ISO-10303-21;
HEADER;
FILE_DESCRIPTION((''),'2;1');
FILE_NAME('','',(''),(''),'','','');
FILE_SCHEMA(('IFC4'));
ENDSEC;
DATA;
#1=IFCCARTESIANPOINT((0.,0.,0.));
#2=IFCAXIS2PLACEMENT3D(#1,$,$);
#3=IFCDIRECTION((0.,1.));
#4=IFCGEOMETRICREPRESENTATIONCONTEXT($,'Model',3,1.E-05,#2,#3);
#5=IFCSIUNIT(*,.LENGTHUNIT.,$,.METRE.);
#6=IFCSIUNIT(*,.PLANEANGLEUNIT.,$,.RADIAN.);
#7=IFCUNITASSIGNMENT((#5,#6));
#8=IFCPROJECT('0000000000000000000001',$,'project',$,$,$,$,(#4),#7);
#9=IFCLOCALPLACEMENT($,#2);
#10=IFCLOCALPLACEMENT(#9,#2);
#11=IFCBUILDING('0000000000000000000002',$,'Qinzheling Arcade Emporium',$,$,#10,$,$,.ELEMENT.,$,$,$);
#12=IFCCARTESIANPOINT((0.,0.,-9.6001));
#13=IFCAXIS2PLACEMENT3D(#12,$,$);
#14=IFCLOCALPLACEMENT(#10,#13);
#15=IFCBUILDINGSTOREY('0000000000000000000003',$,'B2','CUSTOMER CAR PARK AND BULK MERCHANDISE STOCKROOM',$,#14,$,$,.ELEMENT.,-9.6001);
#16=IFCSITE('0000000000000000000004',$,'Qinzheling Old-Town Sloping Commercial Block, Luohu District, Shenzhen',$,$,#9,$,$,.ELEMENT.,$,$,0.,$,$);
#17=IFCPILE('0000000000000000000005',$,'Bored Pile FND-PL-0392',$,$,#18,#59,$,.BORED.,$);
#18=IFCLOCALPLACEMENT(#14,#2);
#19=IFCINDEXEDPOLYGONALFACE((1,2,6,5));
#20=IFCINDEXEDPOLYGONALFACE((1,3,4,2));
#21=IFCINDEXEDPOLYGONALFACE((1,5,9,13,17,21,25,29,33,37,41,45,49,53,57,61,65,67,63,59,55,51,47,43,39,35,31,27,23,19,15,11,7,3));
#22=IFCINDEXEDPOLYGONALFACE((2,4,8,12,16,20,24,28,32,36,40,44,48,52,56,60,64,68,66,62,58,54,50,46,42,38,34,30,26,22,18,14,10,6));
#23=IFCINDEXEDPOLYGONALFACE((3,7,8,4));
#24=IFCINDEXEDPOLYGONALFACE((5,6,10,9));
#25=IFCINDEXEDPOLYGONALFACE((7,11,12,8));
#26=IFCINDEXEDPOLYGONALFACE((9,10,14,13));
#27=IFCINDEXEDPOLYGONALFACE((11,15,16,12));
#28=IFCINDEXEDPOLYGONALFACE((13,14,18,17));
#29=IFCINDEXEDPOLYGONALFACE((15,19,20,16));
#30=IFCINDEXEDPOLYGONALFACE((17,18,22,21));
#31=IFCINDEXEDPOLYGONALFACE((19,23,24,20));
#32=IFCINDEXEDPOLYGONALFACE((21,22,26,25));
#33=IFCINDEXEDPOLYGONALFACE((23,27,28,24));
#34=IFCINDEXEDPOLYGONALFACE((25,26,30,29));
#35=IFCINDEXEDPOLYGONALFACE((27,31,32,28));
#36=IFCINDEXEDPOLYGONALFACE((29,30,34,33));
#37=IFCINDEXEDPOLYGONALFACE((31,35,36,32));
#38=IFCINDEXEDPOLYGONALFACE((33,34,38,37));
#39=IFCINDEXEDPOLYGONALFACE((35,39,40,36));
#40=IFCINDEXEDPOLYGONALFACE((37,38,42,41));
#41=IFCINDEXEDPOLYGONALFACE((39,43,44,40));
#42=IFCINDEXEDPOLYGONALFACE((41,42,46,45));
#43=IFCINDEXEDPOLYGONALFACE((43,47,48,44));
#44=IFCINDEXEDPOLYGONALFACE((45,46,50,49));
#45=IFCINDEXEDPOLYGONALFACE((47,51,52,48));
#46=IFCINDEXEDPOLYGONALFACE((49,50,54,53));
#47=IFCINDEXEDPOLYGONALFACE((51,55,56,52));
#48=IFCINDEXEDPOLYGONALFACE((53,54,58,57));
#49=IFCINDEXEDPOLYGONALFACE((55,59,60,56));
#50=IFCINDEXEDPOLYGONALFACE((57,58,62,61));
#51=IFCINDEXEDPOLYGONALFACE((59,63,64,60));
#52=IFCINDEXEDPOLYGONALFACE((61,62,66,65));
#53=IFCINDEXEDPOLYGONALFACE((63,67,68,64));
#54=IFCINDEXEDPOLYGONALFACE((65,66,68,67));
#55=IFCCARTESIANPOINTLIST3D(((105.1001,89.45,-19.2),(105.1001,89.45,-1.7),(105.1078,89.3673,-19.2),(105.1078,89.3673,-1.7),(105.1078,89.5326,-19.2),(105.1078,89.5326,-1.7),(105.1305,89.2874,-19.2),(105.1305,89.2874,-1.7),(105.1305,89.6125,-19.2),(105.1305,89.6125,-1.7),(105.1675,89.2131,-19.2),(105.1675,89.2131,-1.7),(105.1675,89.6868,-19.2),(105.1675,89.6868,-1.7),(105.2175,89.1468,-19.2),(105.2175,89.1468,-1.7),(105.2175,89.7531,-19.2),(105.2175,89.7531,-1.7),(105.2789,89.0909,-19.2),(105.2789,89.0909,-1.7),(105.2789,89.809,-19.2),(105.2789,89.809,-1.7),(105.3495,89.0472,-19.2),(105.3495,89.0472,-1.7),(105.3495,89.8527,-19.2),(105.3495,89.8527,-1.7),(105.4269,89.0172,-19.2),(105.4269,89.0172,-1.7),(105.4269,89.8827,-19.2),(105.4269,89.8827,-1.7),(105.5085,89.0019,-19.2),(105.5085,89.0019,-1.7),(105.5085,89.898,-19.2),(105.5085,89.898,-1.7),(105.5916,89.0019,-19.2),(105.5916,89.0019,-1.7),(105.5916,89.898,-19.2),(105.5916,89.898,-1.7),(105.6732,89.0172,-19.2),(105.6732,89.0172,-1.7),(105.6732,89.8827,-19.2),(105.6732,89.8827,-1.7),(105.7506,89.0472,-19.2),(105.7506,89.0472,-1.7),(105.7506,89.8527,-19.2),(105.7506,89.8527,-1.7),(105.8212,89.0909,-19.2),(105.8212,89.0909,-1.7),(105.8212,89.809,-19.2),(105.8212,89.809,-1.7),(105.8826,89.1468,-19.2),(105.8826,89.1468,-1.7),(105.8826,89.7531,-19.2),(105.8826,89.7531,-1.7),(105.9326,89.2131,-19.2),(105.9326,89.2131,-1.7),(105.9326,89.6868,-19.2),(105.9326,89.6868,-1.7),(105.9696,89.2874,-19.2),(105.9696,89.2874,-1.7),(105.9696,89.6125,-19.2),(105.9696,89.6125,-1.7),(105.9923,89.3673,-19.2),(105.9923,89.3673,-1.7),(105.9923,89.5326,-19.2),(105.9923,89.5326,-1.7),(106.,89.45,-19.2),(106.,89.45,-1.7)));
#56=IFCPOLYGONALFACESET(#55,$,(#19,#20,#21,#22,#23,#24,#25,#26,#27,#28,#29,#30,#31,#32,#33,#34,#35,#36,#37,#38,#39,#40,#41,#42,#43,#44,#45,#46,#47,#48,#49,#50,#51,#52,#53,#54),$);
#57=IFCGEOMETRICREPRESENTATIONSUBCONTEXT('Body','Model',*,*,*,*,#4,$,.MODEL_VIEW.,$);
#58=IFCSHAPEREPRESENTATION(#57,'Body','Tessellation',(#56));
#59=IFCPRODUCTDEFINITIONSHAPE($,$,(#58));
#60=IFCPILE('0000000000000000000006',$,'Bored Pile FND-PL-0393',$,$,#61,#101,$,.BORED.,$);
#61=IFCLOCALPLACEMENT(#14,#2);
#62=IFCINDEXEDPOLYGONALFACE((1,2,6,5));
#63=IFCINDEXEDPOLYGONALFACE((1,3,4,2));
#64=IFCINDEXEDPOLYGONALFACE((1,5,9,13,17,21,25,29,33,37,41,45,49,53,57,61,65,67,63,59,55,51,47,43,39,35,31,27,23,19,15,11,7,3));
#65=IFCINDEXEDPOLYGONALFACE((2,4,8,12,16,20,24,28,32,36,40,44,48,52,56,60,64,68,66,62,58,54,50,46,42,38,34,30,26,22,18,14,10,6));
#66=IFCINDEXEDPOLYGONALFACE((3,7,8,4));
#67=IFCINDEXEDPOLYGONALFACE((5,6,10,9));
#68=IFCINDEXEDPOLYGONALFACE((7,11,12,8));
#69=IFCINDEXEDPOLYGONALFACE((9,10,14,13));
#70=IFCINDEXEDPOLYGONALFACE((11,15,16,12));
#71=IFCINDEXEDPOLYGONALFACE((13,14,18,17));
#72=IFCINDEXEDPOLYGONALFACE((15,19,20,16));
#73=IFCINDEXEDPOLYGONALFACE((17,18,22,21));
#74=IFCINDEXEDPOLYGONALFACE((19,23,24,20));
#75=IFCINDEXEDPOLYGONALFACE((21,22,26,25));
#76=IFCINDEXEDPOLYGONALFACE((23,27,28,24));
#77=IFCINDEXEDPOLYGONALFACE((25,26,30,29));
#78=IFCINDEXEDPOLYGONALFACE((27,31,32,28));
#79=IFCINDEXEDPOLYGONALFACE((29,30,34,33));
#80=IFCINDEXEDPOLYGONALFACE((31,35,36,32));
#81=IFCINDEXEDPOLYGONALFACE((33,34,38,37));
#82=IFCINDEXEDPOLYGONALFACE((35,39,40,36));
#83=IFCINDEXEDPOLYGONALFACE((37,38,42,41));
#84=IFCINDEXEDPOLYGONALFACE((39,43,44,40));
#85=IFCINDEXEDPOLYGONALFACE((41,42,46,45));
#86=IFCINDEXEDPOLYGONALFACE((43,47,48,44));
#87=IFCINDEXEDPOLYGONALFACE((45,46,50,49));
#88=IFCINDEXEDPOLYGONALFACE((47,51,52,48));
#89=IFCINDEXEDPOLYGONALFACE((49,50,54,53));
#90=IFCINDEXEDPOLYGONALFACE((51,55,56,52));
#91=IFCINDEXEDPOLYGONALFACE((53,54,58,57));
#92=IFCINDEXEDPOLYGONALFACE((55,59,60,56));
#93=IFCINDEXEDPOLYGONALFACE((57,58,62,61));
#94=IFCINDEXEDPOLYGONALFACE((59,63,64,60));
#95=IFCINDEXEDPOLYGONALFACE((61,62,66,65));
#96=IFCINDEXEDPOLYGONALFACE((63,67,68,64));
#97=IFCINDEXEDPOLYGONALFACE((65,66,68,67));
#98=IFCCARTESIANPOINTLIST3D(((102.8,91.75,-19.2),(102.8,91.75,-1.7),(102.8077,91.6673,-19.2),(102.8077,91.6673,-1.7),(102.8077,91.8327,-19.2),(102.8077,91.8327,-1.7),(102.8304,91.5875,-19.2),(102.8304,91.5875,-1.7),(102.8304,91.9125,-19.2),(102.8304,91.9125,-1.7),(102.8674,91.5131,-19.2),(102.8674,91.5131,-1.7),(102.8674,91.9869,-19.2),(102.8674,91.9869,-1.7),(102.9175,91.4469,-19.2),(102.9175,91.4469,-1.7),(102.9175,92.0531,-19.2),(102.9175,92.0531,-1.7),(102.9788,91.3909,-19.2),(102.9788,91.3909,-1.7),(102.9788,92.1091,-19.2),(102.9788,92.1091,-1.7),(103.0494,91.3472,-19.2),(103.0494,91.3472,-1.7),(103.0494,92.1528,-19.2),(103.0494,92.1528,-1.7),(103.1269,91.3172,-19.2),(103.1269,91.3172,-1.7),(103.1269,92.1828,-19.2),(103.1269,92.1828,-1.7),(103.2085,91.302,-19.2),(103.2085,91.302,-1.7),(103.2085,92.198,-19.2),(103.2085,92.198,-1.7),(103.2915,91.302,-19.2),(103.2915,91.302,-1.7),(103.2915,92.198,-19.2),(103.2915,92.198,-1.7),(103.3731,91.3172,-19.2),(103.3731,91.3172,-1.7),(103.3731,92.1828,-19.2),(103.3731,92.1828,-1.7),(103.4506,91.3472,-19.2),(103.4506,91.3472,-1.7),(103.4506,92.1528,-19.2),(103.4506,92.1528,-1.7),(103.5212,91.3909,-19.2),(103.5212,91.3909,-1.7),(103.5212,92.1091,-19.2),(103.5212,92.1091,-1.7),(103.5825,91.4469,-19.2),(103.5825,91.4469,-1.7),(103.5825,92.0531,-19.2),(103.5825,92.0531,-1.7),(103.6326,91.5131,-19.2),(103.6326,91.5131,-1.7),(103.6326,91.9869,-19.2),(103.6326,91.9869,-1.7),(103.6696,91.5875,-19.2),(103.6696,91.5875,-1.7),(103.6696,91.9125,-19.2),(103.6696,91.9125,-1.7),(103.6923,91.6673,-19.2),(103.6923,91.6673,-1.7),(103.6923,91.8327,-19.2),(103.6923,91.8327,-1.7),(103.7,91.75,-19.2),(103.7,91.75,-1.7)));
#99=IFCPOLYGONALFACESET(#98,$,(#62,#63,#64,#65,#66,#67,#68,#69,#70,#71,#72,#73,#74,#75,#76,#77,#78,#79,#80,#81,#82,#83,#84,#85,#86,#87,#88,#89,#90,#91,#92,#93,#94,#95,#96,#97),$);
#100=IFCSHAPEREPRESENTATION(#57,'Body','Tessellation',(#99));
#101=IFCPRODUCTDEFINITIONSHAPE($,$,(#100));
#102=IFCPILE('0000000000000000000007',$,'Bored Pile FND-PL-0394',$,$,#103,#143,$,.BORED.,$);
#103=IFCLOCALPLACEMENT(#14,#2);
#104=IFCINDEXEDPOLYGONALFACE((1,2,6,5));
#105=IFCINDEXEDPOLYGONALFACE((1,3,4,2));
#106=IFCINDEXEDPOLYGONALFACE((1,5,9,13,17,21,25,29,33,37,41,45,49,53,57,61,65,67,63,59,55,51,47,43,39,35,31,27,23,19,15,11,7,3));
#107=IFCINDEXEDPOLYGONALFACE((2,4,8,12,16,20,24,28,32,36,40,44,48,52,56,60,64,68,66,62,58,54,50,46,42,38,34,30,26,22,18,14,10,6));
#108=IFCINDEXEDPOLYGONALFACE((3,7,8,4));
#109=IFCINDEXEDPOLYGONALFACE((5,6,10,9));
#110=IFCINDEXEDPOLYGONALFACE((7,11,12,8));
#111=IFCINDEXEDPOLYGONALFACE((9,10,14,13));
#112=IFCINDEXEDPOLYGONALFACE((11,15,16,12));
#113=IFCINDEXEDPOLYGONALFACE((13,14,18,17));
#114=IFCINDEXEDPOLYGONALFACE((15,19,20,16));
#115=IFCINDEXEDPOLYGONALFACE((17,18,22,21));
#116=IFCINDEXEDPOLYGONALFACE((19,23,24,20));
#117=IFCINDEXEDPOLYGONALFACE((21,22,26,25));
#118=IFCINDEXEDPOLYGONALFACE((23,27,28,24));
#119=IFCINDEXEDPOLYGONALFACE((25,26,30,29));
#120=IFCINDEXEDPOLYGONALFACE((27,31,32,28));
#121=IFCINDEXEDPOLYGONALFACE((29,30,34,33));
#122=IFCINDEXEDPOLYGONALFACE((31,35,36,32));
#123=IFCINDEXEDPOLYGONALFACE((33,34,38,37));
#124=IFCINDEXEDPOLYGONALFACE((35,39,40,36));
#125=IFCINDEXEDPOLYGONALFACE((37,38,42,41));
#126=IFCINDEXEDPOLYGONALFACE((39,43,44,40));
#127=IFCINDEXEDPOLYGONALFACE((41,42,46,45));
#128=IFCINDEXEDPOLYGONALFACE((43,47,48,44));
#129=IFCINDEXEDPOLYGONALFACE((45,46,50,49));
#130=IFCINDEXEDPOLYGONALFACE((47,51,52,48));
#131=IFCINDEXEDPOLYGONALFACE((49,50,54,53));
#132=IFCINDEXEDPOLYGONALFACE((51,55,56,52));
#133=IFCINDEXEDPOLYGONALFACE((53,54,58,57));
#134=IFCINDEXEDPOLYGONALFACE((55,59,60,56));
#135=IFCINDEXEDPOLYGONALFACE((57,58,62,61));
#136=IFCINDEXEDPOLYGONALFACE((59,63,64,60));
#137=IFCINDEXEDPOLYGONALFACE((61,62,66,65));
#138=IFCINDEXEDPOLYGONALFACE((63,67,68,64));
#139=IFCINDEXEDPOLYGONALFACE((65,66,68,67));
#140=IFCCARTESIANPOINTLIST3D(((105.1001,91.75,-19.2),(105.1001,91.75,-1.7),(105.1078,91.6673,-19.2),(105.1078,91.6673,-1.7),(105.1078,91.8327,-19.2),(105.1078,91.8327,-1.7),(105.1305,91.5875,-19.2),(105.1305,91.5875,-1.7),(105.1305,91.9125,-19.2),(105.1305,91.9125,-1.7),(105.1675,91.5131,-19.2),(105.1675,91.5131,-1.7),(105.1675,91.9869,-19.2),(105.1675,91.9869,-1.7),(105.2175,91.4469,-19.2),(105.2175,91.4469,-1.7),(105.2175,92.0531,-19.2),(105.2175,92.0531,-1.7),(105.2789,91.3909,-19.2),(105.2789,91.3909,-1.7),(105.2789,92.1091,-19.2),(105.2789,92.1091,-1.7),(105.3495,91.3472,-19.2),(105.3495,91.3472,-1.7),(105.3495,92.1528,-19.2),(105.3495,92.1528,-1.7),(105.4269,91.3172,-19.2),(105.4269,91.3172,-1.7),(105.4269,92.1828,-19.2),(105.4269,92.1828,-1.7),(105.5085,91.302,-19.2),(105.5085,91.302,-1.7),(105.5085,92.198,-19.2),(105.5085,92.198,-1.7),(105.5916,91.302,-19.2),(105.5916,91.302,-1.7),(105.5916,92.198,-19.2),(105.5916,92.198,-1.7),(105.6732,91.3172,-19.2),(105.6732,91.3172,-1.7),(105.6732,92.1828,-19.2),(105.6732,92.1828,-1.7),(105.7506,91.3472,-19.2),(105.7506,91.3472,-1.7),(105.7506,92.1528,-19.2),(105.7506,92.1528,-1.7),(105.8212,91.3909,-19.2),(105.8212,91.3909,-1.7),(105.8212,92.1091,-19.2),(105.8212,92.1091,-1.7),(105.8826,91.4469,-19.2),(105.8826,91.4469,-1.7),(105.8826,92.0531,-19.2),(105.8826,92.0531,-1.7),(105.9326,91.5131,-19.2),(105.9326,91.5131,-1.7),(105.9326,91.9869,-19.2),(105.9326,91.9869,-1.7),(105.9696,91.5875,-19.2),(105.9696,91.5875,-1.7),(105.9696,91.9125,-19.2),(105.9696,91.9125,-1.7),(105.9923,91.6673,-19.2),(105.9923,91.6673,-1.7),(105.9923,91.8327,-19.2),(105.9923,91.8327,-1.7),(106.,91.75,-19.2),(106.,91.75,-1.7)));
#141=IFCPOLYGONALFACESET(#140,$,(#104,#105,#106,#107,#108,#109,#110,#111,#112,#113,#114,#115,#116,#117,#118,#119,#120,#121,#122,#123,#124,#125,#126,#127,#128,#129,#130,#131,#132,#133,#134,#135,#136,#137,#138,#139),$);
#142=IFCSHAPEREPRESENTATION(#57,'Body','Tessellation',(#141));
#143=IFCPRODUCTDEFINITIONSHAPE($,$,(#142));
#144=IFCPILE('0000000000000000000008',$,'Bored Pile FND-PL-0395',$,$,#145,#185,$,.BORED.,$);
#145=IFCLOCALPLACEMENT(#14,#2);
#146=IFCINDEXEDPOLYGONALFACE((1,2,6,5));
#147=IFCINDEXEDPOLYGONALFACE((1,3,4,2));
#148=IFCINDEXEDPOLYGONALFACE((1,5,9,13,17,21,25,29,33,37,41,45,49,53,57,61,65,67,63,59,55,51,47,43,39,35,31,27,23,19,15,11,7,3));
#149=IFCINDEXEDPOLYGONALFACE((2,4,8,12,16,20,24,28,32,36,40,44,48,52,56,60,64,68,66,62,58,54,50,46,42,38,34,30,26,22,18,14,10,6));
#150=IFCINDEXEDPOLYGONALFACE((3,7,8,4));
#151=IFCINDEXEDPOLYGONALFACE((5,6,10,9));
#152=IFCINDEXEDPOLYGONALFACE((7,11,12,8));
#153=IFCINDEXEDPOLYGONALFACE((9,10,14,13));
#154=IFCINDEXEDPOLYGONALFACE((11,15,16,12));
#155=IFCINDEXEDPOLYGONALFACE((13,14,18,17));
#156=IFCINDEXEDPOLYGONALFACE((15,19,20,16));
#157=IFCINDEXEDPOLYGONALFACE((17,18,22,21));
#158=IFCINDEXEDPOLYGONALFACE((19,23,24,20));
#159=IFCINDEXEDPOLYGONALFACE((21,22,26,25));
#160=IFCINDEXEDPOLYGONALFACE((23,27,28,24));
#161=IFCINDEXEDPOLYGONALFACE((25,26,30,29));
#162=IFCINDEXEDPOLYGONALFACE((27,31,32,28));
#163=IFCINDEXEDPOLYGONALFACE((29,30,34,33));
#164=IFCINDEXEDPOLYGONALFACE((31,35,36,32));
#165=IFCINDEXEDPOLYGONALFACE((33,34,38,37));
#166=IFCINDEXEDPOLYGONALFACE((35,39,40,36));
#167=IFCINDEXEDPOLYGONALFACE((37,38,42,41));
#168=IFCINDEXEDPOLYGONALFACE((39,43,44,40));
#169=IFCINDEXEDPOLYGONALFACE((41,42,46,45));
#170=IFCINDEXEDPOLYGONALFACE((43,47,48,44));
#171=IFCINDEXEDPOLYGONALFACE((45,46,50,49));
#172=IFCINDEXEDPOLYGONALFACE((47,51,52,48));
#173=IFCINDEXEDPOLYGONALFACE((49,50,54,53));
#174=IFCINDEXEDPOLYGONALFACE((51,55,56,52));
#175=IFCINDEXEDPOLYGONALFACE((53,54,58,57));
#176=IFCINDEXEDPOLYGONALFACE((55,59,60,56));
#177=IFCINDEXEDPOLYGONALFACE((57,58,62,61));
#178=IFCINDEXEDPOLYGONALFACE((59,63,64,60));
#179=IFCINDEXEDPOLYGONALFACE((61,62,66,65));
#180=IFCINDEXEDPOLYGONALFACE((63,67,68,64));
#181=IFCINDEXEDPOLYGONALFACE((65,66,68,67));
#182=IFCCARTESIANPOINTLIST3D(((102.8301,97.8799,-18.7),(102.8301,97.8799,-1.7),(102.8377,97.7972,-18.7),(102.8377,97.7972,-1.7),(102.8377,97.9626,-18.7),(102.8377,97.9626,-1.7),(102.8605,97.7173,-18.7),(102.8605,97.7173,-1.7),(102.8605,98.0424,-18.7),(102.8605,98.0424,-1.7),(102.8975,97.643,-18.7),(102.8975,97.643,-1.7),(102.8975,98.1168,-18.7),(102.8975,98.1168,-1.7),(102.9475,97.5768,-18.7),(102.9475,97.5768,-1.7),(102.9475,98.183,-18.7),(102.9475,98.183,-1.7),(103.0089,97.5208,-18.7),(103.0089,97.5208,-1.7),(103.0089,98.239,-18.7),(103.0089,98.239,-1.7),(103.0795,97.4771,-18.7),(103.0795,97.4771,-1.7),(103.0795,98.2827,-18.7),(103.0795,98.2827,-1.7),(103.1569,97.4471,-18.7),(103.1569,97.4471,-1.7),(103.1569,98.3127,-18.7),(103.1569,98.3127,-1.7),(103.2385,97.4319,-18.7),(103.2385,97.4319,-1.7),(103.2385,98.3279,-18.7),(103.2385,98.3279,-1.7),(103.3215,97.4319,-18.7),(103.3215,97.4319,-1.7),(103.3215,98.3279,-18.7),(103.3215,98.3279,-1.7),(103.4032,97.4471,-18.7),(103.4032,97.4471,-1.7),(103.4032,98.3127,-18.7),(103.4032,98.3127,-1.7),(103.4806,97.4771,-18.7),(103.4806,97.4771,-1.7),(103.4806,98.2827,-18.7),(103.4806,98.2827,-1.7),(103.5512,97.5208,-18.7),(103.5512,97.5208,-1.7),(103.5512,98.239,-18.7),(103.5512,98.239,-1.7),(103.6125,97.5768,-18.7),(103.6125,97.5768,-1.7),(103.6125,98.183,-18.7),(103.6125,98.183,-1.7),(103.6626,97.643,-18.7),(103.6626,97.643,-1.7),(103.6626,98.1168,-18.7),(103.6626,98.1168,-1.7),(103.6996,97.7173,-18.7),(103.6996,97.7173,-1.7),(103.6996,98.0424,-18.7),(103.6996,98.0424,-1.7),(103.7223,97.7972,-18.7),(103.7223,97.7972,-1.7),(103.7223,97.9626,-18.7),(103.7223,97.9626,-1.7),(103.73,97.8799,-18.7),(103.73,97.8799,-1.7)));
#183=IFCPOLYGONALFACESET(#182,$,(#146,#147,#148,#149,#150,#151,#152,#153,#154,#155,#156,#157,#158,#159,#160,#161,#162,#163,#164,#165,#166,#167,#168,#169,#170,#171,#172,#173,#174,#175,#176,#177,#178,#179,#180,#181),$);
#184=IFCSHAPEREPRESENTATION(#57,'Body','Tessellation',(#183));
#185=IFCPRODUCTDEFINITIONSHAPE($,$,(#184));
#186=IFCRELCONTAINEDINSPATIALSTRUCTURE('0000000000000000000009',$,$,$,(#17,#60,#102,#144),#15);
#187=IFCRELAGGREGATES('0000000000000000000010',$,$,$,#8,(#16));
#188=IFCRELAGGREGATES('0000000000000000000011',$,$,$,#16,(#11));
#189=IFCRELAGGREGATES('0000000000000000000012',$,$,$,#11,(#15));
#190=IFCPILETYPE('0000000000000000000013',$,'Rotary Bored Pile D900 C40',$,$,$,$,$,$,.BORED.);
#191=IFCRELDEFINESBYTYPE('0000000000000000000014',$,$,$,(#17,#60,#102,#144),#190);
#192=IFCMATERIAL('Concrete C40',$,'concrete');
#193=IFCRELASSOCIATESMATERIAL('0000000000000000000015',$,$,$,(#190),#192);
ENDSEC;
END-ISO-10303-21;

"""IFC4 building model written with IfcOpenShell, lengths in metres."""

from ifc_helpers import new_model, si_unit, direction, frame, origin, origin_2d, place, context, subcontext, project, spatial, circle, extrude, material, material_profile, profile_set, type_object, element, save


model = new_model("IFC4")

# Units and contexts
model_context = context("Model", 3, precision=1e-05, world=origin(), true_north=direction((0.0, 1.0)))
body_context = subcontext(model_context, "Body", "Model", "MODEL_VIEW")
ifc_project = project(units=[si_unit("LENGTHUNIT", "METRE"), si_unit("PLANEANGLEUNIT", "RADIAN")], contexts=[model_context])

# Site, building, storey
site_placement = place(None, origin())
site = spatial("IfcSite", under=ifc_project, at=site_placement, Name="Qinzheling Old-Town Sloping Commercial Block, Luohu District, Shenzhen", CompositionType="ELEMENT", RefElevation=0.0)
building_placement = place(site_placement, origin())
building = spatial("IfcBuilding", under=site, at=building_placement, Name="Qinzheling Arcade Emporium", CompositionType="ELEMENT")
storey_placement = place(building_placement, frame((0.0, 0.0, -9.6001)))
storey = spatial("IfcBuildingStorey", under=building, at=storey_placement, Name="B2", Description="CUSTOMER CAR PARK AND BULK MERCHANDISE STOCKROOM", CompositionType="ELEMENT", Elevation=-9.6001)

# Shared definitions
ifc_material_1 = material(Name="Concrete C40", Category="concrete")

# Piles
ifc_material_profile_1 = material_profile(ifc_material_1, circle(Radius=0.45, at=origin_2d()), Name="BORED D900", Category="concrete")
ifc_profile_set_1 = profile_set([ifc_material_profile_1], Name="Concrete C40")
pile_type = type_object("IfcPileType", Name="Rotary Bored Pile D900 C40", PredefinedType="BORED", material=ifc_profile_set_1)
for number, where, z_axis, x_axis, name in (
    (1, (105.55, 89.45, -1.7), (0.0, 0.0, -1.0), (1.0, 0.0, 0.0), "Bored Pile FND-PL-0392"),
    (2, (103.25, 91.75, -1.7), (0.0, 0.0, -1.0), (1.0, 0.0, 0.0), "Bored Pile FND-PL-0393"),
    (3, (105.55, 91.75, -1.7), (0.0, 0.0, -1.0), (1.0, 0.0, 0.0), "Bored Pile FND-PL-0394"),
):
    element("IfcPile", number, at=place(storey_placement, frame(where, z_axis=z_axis, x_axis=x_axis)), inside=storey, type_object=pile_type, Name=name, PredefinedType="BORED", context=body_context, shape_type="SweptSolid", body=[
        extrude(circle(Radius=0.45, at=origin_2d()), origin(), (0.0, 0.0, 1.0), 17.5),
    ])
for number, where, z_axis, x_axis, name in (
    (4, (103.28, 97.8799, -1.7), (0.0, 0.0, -1.0), (1.0, 0.0, 0.0), "Bored Pile FND-PL-0395"),
):
    element("IfcPile", number, at=place(storey_placement, frame(where, z_axis=z_axis, x_axis=x_axis)), inside=storey, type_object=pile_type, Name=name, PredefinedType="BORED", context=body_context, shape_type="SweptSolid", body=[
        extrude(circle(Radius=0.45, at=origin_2d()), origin(), (0.0, 0.0, 1.0), 17.0),
    ])

save(model, "model.ifc")
